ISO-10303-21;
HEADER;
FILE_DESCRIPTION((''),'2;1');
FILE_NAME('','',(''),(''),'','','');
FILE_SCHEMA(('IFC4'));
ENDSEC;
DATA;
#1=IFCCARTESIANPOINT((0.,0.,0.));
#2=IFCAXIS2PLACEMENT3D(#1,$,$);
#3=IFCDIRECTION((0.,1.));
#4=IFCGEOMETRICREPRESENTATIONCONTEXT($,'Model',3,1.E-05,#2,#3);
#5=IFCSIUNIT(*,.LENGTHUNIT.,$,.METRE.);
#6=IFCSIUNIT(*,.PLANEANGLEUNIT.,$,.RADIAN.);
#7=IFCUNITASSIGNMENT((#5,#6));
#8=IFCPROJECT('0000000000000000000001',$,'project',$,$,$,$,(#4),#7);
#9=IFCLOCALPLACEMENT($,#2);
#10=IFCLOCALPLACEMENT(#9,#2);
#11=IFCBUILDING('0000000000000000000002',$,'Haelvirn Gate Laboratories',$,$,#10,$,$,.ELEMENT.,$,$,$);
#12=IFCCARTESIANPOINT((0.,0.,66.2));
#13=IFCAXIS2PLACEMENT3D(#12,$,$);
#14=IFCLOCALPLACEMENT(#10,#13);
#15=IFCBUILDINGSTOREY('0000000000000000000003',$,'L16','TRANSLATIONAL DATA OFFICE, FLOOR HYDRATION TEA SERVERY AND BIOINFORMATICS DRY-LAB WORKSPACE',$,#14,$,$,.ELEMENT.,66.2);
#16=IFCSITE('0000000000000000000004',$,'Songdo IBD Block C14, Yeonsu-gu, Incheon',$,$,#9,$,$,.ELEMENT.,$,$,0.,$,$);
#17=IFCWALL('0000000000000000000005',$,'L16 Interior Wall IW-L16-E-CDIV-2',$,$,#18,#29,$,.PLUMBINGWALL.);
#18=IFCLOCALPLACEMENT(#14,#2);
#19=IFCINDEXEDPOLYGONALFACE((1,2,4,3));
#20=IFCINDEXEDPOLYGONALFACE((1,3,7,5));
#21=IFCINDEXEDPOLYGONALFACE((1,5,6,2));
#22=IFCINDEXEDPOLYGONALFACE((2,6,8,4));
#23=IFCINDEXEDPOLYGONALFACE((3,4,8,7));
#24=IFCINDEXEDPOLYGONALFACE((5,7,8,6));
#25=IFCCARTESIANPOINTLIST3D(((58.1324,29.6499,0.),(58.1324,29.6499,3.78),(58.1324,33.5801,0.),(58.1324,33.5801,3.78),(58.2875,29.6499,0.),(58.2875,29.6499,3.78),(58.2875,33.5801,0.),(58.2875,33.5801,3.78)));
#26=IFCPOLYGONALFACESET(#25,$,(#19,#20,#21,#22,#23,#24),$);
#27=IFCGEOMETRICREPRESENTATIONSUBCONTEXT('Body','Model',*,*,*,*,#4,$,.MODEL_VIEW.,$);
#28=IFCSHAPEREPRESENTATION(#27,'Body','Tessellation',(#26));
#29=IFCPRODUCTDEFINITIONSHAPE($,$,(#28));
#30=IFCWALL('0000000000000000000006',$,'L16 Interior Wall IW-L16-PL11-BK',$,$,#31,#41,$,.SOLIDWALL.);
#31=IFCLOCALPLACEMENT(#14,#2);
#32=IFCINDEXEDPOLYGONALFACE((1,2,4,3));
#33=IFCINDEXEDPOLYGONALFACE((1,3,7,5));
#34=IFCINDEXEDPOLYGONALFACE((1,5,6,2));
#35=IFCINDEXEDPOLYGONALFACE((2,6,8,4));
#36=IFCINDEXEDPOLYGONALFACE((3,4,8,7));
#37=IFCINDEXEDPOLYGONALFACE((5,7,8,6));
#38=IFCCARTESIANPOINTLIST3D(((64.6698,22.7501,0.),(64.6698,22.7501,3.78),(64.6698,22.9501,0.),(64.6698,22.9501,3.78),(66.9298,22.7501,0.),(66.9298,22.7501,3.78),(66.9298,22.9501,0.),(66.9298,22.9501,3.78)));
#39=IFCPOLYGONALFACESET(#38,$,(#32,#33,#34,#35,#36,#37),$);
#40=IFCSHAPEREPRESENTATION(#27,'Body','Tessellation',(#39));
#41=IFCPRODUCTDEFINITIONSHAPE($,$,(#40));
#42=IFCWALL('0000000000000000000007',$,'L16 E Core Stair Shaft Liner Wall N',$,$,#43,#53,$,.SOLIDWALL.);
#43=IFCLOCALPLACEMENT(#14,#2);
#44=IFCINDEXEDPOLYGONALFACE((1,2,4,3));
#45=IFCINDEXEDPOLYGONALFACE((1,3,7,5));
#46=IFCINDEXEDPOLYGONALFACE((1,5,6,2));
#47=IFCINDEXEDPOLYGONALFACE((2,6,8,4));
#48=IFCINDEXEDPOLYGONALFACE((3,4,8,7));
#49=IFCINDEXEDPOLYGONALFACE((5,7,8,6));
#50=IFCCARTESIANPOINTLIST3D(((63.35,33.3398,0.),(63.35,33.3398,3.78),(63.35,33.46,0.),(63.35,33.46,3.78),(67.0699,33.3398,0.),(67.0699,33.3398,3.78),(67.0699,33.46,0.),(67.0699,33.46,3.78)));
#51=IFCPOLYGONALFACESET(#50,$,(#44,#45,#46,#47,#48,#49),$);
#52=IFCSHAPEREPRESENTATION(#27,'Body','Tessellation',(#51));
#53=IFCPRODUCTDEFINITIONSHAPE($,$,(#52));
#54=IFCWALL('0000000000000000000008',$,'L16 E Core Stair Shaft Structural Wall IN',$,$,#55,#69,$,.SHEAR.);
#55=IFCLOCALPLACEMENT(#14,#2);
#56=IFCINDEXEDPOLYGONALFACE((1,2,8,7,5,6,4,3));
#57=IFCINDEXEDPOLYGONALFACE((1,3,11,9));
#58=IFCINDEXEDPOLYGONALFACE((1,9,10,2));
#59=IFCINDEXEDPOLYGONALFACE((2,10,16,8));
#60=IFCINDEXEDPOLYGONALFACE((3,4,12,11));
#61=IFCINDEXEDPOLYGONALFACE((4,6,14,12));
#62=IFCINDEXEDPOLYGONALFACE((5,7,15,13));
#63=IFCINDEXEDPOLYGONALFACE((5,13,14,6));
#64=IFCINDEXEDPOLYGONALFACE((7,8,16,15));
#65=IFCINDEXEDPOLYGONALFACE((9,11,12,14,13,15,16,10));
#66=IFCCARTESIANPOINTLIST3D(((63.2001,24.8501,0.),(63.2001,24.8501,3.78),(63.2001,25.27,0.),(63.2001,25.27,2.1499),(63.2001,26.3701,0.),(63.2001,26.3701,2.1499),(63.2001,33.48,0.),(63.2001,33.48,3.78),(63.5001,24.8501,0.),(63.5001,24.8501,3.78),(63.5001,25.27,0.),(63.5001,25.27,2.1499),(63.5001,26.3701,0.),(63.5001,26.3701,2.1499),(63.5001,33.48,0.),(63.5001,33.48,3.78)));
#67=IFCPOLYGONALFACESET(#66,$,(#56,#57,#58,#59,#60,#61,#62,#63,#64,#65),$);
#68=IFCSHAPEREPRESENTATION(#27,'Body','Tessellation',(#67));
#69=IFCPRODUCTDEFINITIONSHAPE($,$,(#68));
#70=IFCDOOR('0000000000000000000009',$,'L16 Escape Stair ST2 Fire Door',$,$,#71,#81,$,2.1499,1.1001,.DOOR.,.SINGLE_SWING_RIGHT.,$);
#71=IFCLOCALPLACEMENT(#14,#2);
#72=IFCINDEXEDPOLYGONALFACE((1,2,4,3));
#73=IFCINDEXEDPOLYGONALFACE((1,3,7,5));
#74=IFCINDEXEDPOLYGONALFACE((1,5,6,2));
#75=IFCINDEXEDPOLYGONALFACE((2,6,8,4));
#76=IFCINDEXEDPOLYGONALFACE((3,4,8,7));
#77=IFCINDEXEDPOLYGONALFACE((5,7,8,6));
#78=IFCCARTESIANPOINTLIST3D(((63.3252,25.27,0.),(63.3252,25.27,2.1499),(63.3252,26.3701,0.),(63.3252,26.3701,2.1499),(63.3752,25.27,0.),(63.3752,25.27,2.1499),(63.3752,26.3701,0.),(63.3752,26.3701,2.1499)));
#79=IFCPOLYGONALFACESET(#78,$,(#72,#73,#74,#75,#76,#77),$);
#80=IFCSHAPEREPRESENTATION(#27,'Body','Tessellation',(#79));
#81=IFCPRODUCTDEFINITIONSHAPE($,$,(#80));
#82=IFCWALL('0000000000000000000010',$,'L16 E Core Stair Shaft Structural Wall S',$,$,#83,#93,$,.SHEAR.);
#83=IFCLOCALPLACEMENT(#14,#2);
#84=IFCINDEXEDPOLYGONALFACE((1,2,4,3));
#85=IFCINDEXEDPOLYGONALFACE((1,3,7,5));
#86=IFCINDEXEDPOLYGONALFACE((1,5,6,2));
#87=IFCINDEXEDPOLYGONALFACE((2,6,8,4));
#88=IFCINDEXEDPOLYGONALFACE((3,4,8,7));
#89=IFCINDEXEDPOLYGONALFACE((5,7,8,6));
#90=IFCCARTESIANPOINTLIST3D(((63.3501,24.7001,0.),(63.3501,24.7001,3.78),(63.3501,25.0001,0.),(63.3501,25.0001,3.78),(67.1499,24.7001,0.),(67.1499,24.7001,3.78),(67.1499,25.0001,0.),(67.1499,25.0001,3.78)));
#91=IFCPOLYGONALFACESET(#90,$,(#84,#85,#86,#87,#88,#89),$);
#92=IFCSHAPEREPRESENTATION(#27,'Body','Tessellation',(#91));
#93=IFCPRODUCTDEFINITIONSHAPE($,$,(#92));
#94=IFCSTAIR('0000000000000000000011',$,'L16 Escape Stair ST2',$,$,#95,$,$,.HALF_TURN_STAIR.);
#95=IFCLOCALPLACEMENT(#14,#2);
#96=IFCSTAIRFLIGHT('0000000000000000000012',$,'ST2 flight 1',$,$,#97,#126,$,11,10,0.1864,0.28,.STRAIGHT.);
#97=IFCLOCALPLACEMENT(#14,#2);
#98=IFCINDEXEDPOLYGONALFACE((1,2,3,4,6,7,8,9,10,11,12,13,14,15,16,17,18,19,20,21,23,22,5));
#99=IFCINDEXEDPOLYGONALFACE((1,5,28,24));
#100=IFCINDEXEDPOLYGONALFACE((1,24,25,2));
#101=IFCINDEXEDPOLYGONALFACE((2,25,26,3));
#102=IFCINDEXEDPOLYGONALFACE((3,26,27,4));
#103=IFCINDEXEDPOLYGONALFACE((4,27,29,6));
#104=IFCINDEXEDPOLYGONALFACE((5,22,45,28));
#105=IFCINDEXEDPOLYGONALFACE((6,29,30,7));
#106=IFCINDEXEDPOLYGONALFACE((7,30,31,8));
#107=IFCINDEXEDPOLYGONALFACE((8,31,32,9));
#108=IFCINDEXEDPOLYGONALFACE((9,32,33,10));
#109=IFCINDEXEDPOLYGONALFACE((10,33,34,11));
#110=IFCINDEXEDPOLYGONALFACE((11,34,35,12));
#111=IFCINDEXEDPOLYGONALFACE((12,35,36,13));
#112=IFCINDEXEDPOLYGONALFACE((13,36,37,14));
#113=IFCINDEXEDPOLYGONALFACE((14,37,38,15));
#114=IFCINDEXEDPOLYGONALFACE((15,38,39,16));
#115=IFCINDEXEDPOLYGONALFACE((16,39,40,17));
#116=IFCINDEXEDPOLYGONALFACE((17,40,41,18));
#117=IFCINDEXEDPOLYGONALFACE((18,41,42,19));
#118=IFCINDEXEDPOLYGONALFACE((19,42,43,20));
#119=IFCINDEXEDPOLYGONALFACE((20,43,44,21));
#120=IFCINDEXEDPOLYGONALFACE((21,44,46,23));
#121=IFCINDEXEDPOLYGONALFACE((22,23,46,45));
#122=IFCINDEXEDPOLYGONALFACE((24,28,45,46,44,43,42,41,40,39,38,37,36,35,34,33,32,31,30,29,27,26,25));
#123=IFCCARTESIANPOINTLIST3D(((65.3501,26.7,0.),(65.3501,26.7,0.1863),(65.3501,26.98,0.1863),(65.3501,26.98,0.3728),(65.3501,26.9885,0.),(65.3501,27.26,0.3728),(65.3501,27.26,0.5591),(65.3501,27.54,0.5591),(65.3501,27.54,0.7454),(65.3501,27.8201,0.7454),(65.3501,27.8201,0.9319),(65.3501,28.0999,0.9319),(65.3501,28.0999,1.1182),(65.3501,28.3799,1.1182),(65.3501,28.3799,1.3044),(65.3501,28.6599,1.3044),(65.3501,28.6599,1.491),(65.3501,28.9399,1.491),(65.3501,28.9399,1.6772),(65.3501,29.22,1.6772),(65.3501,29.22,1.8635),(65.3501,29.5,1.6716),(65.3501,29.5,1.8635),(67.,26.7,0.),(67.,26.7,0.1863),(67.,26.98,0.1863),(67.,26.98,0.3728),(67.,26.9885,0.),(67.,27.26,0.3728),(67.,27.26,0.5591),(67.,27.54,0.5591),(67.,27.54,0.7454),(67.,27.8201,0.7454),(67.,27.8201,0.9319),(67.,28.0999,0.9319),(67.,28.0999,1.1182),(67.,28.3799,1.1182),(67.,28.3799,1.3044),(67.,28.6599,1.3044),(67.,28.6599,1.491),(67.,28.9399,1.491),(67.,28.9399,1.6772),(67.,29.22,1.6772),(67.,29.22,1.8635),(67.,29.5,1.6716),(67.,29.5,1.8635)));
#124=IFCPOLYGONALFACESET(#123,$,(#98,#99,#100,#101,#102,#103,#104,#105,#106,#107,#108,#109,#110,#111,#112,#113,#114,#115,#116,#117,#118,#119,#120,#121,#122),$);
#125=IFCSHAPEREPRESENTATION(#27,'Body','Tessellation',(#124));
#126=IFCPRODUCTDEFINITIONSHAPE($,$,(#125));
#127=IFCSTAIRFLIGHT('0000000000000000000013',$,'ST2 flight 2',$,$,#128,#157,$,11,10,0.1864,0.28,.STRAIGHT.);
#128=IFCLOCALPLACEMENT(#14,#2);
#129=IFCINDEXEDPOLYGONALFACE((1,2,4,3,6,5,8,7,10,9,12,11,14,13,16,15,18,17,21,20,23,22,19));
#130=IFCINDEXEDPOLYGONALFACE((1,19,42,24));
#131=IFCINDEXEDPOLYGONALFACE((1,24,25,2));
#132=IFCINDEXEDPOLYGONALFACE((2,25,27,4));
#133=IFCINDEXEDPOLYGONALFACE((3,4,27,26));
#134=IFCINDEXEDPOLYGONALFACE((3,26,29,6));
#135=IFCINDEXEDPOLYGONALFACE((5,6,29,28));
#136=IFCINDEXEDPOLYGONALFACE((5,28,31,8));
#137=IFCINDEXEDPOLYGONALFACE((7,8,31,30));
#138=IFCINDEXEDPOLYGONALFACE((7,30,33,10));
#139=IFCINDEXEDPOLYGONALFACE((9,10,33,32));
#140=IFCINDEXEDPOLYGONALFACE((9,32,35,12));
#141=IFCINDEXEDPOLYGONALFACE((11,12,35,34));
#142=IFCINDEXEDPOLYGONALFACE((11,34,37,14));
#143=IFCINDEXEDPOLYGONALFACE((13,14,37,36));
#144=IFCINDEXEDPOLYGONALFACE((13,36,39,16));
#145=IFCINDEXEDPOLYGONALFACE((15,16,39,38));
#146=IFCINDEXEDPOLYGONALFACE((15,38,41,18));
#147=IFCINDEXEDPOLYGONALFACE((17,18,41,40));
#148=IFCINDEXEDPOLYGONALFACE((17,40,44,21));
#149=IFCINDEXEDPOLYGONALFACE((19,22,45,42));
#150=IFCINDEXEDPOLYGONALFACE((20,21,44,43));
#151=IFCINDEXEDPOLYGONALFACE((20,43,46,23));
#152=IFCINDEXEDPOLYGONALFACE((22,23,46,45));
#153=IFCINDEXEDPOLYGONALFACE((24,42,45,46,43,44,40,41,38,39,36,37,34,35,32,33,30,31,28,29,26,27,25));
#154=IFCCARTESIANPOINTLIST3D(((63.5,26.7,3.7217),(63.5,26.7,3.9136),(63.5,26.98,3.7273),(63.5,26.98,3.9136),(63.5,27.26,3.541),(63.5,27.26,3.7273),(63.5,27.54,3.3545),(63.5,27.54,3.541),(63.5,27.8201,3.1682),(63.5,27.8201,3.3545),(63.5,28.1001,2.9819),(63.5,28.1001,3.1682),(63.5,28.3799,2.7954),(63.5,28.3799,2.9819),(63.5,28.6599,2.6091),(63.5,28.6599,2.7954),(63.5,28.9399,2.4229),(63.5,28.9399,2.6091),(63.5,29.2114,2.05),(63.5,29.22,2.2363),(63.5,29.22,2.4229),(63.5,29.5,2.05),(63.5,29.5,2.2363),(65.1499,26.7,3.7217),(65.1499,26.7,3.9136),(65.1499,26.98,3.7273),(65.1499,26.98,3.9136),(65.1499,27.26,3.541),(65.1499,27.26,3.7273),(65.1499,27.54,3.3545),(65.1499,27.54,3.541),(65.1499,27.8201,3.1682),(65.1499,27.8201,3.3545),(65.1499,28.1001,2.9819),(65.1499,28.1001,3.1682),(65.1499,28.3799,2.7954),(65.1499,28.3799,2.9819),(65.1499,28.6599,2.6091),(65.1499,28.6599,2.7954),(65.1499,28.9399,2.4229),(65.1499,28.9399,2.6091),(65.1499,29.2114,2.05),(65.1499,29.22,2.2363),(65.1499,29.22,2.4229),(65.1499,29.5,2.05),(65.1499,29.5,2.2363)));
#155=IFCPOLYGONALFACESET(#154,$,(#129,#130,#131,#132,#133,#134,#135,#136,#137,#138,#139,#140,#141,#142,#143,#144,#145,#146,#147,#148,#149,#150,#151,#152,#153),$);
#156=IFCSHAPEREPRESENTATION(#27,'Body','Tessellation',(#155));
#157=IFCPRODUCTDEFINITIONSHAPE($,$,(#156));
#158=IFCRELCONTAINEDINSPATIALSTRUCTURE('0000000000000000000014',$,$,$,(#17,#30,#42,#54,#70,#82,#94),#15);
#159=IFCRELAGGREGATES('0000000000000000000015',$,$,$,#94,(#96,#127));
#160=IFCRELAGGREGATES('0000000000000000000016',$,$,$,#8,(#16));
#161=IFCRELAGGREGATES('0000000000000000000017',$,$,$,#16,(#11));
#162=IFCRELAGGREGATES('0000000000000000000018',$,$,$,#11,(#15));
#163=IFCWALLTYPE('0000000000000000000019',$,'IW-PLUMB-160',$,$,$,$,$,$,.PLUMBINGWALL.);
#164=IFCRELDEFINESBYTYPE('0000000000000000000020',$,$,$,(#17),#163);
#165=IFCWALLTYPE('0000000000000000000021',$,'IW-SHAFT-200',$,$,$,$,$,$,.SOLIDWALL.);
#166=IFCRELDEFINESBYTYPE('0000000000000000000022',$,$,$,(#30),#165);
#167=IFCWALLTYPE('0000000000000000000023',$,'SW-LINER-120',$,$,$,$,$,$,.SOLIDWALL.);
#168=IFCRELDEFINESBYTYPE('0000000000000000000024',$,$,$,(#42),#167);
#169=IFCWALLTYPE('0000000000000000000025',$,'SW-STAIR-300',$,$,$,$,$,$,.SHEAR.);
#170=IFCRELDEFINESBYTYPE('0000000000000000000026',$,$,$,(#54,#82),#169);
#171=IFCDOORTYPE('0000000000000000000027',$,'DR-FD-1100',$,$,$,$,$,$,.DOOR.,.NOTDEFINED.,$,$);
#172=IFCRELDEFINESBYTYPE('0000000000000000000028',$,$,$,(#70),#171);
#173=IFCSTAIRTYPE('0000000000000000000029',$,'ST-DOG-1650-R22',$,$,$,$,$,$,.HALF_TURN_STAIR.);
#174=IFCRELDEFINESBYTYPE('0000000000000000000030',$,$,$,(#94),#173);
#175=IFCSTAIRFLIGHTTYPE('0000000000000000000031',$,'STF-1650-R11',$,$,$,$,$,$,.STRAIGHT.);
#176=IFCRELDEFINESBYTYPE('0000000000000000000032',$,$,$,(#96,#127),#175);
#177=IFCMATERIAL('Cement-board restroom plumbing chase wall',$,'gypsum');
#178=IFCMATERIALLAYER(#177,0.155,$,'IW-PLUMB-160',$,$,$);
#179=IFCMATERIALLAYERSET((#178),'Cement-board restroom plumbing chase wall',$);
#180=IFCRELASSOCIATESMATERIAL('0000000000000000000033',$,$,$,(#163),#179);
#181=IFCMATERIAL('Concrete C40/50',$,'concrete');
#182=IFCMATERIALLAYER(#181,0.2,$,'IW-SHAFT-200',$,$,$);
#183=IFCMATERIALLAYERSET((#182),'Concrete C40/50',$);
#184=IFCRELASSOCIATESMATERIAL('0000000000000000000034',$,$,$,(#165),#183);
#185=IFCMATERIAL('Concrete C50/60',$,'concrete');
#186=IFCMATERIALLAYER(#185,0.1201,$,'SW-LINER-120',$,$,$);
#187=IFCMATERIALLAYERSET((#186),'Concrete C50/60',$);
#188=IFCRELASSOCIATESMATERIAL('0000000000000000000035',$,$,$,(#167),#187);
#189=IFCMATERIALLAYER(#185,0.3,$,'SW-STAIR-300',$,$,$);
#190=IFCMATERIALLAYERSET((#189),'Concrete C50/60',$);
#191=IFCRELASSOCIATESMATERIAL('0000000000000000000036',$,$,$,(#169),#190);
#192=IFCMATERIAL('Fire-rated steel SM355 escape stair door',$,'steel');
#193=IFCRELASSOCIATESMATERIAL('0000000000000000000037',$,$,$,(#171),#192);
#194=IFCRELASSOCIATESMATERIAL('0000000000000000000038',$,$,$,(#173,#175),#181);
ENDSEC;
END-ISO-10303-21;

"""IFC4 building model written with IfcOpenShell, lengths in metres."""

from ifc_helpers import new_model, si_unit, direction, frame, frame_2d, origin, place, context, subcontext, project, spatial, polyline, rectangle, outline, extrude, source, transform, mapped, material, layer, layer_set, type_object, type_shapes, element, fill, aggregate, save


model = new_model("IFC4")

# Units and contexts
model_context = context("Model", 3, precision=1e-05, world=origin(), true_north=direction((0.0, 1.0)))
body_context = subcontext(model_context, "Body", "Model", "MODEL_VIEW")
ifc_project = project(units=[si_unit("LENGTHUNIT", "METRE"), si_unit("PLANEANGLEUNIT", "RADIAN")], contexts=[model_context])

# Site, building, storey
site_placement = place(None, origin())
site = spatial("IfcSite", under=ifc_project, at=site_placement, Name="Songdo IBD Block C14, Yeonsu-gu, Incheon", CompositionType="ELEMENT", RefElevation=0.0)
building_placement = place(site_placement, origin())
building = spatial("IfcBuilding", under=site, at=building_placement, Name="Haelvirn Gate Laboratories", CompositionType="ELEMENT")
storey_placement = place(building_placement, frame((0.0, 0.0, 66.2)))
storey = spatial("IfcBuildingStorey", under=building, at=storey_placement, Name="L16", Description="TRANSLATIONAL DATA OFFICE, FLOOR HYDRATION TEA SERVERY AND BIOINFORMATICS DRY-LAB WORKSPACE", CompositionType="ELEMENT", Elevation=66.2)

# Walls
ifc_material_1 = material(Name="Cement-board restroom plumbing chase wall", Category="gypsum")
ifc_layer_1 = layer(ifc_material_1, 0.155, Name="IW-PLUMB-160")
ifc_layer_set_1 = layer_set([ifc_layer_1], Name="Cement-board restroom plumbing chase wall")
wall_type_1 = type_object("IfcWallType", Name="IW-PLUMB-160", PredefinedType="PLUMBINGWALL", material=ifc_layer_set_1)
for number, where, z_axis, x_axis, name in (
    (1, (58.21, 29.6499, 0.0), (0.0, 0.0, 1.0), (0.0, 1.0, 0.0), "L16 Interior Wall IW-L16-E-CDIV-2"),
):
    element("IfcWall", number, at=place(storey_placement, frame(where, z_axis=z_axis, x_axis=x_axis)), inside=storey, type_object=wall_type_1, Name=name, PredefinedType="PLUMBINGWALL", context=body_context, shape_type="SweptSolid", body=[
        extrude(rectangle(XDim=3.9302, YDim=0.155, at=frame_2d((1.9651, 0.0))), origin(), (0.0, 0.0, 1.0), 3.78),
    ])
ifc_material_2 = material(Name="Concrete C40/50", Category="concrete")
ifc_layer_2 = layer(ifc_material_2, 0.2, Name="IW-SHAFT-200")
ifc_layer_set_2 = layer_set([ifc_layer_2], Name="Concrete C40/50")
wall_type_2 = type_object("IfcWallType", Name="IW-SHAFT-200", PredefinedType="SOLIDWALL", material=ifc_layer_set_2)
wall_1_placement = place(storey_placement, frame((64.6699, 22.8501, 0.0), z_axis=(0.0, 0.0, 1.0), x_axis=(1.0, 0.0, 0.0)))
element("IfcWall", 2, at=wall_1_placement, inside=storey, type_object=wall_type_2, Name="L16 Interior Wall IW-L16-PL11-BK", PredefinedType="SOLIDWALL", context=body_context, shape_type="SweptSolid", body=[
    extrude(rectangle(XDim=2.26, YDim=0.2, at=frame_2d((1.1299, 0.0))), origin(), (0.0, 0.0, 1.0), 3.78),
])
ifc_material_3 = material(Name="Concrete C50/60", Category="concrete")
ifc_layer_3 = layer(ifc_material_3, 0.1201, Name="SW-LINER-120")
ifc_layer_set_3 = layer_set([ifc_layer_3], Name="Concrete C50/60")
wall_type_3 = type_object("IfcWallType", Name="SW-LINER-120", PredefinedType="SOLIDWALL", material=ifc_layer_set_3)
wall_2_placement = place(storey_placement, frame((63.3501, 33.3999, 0.0), z_axis=(0.0, 0.0, 1.0), x_axis=(1.0, 0.0, 0.0)))
element("IfcWall", 3, at=wall_2_placement, inside=storey, type_object=wall_type_3, Name="L16 E Core Stair Shaft Liner Wall N", PredefinedType="SOLIDWALL", context=body_context, shape_type="SweptSolid", body=[
    extrude(rectangle(XDim=3.72, YDim=0.1201, at=frame_2d((1.8599, 0.0))), origin(), (0.0, 0.0, 1.0), 3.78),
])

# Wall, opening, door
ifc_layer_4 = layer(ifc_material_3, 0.3, Name="SW-STAIR-300")
ifc_layer_set_4 = layer_set([ifc_layer_4], Name="Concrete C50/60")
wall_type_4 = type_object("IfcWallType", Name="SW-STAIR-300", PredefinedType="SHEAR", material=ifc_layer_set_4)
wall_3_placement = place(storey_placement, frame((63.3501, 24.8501, 0.0), z_axis=(0.0, 0.0, 1.0), x_axis=(0.0, 1.0, 0.0)))
wall_3 = element("IfcWall", 4, at=wall_3_placement, inside=storey, type_object=wall_type_4, Name="L16 E Core Stair Shaft Structural Wall IN", PredefinedType="SHEAR", context=body_context, shape_type="SweptSolid", body=[
    extrude(rectangle(XDim=8.6299, YDim=0.3, at=frame_2d((4.3149, 0.0))), origin(), (0.0, 0.0, 1.0), 3.78),
])
opening_1_placement = place(wall_3_placement, frame((0.4199, 0.0, 0.0)))
opening_1 = element("IfcOpeningElement", 5, at=opening_1_placement, cuts=wall_3, PredefinedType="OPENING", context=body_context, shape_type="SweptSolid", body=[
    extrude(rectangle(XDim=1.1001, YDim=2.1499, at=frame_2d((0.55, 1.075))), frame((0.0, 0.1602, 0.0), z_axis=(0.0, -1.0, 0.0), x_axis=(1.0, 0.0, 0.0)), (0.0, 0.0, 1.0), 0.3201),
])
ifc_material_4 = material(Name="Fire-rated steel SM355 escape stair door", Category="steel")
door_type_1 = type_object("IfcDoorType", Name="DR-FD-1100", OperationType="NOTDEFINED", PredefinedType="DOOR", material=ifc_material_4)
shared_shape_1 = source(origin(), body_context, "Body", "SweptSolid", [
    extrude(rectangle(XDim=1.1001, YDim=2.1499, at=frame_2d((0.55, 1.075))), frame((0.0, 0.0249, 0.0), z_axis=(0.0, -1.0, 0.0), x_axis=(1.0, 0.0, 0.0)), (0.0, 0.0, 1.0), 0.05),
])
type_shapes(door_type_1, [shared_shape_1])
door_1_placement = place(opening_1_placement, origin())
door_1 = element("IfcDoor", 6, at=door_1_placement, inside=storey, type_object=door_type_1, Name="L16 Escape Stair ST2 Fire Door", OperationType="SINGLE_SWING_RIGHT", OverallHeight=2.1499, OverallWidth=1.1001, PredefinedType="DOOR", context=body_context, shape_type="MappedRepresentation", body=[
    mapped(shared_shape_1, transform((0.0, 0.0, 0.0), scale=1.0)),
])
fill(opening_1, door_1)

# Wall
wall_4_placement = place(storey_placement, frame((63.3501, 24.8501, 0.0), z_axis=(0.0, 0.0, 1.0), x_axis=(1.0, 0.0, 0.0)))
element("IfcWall", 7, at=wall_4_placement, inside=storey, type_object=wall_type_4, Name="L16 E Core Stair Shaft Structural Wall S", PredefinedType="SHEAR", context=body_context, shape_type="SweptSolid", body=[
    extrude(rectangle(XDim=3.7998, YDim=0.3, at=frame_2d((1.8999, 0.0))), origin(), (0.0, 0.0, 1.0), 3.78),
])

# Stair, stair flights
stair_type = type_object("IfcStairType", Name="ST-DOG-1650-R22", PredefinedType="HALF_TURN_STAIR", material=ifc_material_2)
stair_placement = place(storey_placement, origin())
stair = element("IfcStair", 8, at=stair_placement, inside=storey, type_object=stair_type, Name="L16 Escape Stair ST2", PredefinedType="HALF_TURN_STAIR")
stair_flight_type = type_object("IfcStairFlightType", Name="STF-1650-R11", PredefinedType="STRAIGHT", material=ifc_material_2)
shared_shape_2 = source(origin(), body_context, "Body", "SweptSolid", [
    extrude(outline(polyline([(0.0, 0.0), (0.0, 0.1863), (0.28, 0.1863), (0.28, 0.3728), (0.5601, 0.3728), (0.5601, 0.5591), (0.8401, 0.5591), (0.8401, 0.7454), (1.1201, 0.7454), (1.1201, 0.9319), (1.3999, 0.9319), (1.3999, 1.1182), (1.6799, 1.1182), (1.6799, 1.3044), (1.96, 1.3044), (1.96, 1.491), (2.24, 1.491), (2.24, 1.6772), (2.52, 1.6772), (2.52, 1.8635), (2.8, 1.8635), (2.8, 2.05), (2.8, 1.6716), (0.2886, 0.0), (0.0, 0.0)])), frame((0.0, 0.825, 0.0), z_axis=(0.0, -1.0, 0.0), x_axis=(1.0, 0.0, 0.0)), (0.0, 0.0, 1.0), 1.6499),
])
type_shapes(stair_flight_type, [shared_shape_2])
stair_flight_1_placement = place(storey_placement, frame((66.175, 26.7, 0.0), z_axis=(0.0, 0.0, 1.0), x_axis=(0.0, 1.0, 0.0)))
stair_flight_1 = element("IfcStairFlight", 9, at=stair_flight_1_placement, type_object=stair_flight_type, Name="ST2 flight 1", NumberOfRisers=11, NumberOfTreads=10, PredefinedType="STRAIGHT", RiserHeight=0.1864, TreadLength=0.28, context=body_context, shape_type="MappedRepresentation", body=[
    mapped(shared_shape_2, transform((0.0, 0.0, 0.0), scale=1.0)),
])
stair_flight_2_placement = place(storey_placement, frame((64.325, 29.5, 2.05), z_axis=(0.0, 0.0, 1.0), x_axis=(0.0, -1.0, 0.0)))
stair_flight_2 = element("IfcStairFlight", 10, at=stair_flight_2_placement, type_object=stair_flight_type, Name="ST2 flight 2", NumberOfRisers=11, NumberOfTreads=10, PredefinedType="STRAIGHT", RiserHeight=0.1864, TreadLength=0.28, context=body_context, shape_type="MappedRepresentation", body=[
    mapped(shared_shape_2, transform((0.0, 0.0, 0.0), scale=1.0)),
])
aggregate(stair, [stair_flight_1, stair_flight_2])

save(model, "model.ifc")
